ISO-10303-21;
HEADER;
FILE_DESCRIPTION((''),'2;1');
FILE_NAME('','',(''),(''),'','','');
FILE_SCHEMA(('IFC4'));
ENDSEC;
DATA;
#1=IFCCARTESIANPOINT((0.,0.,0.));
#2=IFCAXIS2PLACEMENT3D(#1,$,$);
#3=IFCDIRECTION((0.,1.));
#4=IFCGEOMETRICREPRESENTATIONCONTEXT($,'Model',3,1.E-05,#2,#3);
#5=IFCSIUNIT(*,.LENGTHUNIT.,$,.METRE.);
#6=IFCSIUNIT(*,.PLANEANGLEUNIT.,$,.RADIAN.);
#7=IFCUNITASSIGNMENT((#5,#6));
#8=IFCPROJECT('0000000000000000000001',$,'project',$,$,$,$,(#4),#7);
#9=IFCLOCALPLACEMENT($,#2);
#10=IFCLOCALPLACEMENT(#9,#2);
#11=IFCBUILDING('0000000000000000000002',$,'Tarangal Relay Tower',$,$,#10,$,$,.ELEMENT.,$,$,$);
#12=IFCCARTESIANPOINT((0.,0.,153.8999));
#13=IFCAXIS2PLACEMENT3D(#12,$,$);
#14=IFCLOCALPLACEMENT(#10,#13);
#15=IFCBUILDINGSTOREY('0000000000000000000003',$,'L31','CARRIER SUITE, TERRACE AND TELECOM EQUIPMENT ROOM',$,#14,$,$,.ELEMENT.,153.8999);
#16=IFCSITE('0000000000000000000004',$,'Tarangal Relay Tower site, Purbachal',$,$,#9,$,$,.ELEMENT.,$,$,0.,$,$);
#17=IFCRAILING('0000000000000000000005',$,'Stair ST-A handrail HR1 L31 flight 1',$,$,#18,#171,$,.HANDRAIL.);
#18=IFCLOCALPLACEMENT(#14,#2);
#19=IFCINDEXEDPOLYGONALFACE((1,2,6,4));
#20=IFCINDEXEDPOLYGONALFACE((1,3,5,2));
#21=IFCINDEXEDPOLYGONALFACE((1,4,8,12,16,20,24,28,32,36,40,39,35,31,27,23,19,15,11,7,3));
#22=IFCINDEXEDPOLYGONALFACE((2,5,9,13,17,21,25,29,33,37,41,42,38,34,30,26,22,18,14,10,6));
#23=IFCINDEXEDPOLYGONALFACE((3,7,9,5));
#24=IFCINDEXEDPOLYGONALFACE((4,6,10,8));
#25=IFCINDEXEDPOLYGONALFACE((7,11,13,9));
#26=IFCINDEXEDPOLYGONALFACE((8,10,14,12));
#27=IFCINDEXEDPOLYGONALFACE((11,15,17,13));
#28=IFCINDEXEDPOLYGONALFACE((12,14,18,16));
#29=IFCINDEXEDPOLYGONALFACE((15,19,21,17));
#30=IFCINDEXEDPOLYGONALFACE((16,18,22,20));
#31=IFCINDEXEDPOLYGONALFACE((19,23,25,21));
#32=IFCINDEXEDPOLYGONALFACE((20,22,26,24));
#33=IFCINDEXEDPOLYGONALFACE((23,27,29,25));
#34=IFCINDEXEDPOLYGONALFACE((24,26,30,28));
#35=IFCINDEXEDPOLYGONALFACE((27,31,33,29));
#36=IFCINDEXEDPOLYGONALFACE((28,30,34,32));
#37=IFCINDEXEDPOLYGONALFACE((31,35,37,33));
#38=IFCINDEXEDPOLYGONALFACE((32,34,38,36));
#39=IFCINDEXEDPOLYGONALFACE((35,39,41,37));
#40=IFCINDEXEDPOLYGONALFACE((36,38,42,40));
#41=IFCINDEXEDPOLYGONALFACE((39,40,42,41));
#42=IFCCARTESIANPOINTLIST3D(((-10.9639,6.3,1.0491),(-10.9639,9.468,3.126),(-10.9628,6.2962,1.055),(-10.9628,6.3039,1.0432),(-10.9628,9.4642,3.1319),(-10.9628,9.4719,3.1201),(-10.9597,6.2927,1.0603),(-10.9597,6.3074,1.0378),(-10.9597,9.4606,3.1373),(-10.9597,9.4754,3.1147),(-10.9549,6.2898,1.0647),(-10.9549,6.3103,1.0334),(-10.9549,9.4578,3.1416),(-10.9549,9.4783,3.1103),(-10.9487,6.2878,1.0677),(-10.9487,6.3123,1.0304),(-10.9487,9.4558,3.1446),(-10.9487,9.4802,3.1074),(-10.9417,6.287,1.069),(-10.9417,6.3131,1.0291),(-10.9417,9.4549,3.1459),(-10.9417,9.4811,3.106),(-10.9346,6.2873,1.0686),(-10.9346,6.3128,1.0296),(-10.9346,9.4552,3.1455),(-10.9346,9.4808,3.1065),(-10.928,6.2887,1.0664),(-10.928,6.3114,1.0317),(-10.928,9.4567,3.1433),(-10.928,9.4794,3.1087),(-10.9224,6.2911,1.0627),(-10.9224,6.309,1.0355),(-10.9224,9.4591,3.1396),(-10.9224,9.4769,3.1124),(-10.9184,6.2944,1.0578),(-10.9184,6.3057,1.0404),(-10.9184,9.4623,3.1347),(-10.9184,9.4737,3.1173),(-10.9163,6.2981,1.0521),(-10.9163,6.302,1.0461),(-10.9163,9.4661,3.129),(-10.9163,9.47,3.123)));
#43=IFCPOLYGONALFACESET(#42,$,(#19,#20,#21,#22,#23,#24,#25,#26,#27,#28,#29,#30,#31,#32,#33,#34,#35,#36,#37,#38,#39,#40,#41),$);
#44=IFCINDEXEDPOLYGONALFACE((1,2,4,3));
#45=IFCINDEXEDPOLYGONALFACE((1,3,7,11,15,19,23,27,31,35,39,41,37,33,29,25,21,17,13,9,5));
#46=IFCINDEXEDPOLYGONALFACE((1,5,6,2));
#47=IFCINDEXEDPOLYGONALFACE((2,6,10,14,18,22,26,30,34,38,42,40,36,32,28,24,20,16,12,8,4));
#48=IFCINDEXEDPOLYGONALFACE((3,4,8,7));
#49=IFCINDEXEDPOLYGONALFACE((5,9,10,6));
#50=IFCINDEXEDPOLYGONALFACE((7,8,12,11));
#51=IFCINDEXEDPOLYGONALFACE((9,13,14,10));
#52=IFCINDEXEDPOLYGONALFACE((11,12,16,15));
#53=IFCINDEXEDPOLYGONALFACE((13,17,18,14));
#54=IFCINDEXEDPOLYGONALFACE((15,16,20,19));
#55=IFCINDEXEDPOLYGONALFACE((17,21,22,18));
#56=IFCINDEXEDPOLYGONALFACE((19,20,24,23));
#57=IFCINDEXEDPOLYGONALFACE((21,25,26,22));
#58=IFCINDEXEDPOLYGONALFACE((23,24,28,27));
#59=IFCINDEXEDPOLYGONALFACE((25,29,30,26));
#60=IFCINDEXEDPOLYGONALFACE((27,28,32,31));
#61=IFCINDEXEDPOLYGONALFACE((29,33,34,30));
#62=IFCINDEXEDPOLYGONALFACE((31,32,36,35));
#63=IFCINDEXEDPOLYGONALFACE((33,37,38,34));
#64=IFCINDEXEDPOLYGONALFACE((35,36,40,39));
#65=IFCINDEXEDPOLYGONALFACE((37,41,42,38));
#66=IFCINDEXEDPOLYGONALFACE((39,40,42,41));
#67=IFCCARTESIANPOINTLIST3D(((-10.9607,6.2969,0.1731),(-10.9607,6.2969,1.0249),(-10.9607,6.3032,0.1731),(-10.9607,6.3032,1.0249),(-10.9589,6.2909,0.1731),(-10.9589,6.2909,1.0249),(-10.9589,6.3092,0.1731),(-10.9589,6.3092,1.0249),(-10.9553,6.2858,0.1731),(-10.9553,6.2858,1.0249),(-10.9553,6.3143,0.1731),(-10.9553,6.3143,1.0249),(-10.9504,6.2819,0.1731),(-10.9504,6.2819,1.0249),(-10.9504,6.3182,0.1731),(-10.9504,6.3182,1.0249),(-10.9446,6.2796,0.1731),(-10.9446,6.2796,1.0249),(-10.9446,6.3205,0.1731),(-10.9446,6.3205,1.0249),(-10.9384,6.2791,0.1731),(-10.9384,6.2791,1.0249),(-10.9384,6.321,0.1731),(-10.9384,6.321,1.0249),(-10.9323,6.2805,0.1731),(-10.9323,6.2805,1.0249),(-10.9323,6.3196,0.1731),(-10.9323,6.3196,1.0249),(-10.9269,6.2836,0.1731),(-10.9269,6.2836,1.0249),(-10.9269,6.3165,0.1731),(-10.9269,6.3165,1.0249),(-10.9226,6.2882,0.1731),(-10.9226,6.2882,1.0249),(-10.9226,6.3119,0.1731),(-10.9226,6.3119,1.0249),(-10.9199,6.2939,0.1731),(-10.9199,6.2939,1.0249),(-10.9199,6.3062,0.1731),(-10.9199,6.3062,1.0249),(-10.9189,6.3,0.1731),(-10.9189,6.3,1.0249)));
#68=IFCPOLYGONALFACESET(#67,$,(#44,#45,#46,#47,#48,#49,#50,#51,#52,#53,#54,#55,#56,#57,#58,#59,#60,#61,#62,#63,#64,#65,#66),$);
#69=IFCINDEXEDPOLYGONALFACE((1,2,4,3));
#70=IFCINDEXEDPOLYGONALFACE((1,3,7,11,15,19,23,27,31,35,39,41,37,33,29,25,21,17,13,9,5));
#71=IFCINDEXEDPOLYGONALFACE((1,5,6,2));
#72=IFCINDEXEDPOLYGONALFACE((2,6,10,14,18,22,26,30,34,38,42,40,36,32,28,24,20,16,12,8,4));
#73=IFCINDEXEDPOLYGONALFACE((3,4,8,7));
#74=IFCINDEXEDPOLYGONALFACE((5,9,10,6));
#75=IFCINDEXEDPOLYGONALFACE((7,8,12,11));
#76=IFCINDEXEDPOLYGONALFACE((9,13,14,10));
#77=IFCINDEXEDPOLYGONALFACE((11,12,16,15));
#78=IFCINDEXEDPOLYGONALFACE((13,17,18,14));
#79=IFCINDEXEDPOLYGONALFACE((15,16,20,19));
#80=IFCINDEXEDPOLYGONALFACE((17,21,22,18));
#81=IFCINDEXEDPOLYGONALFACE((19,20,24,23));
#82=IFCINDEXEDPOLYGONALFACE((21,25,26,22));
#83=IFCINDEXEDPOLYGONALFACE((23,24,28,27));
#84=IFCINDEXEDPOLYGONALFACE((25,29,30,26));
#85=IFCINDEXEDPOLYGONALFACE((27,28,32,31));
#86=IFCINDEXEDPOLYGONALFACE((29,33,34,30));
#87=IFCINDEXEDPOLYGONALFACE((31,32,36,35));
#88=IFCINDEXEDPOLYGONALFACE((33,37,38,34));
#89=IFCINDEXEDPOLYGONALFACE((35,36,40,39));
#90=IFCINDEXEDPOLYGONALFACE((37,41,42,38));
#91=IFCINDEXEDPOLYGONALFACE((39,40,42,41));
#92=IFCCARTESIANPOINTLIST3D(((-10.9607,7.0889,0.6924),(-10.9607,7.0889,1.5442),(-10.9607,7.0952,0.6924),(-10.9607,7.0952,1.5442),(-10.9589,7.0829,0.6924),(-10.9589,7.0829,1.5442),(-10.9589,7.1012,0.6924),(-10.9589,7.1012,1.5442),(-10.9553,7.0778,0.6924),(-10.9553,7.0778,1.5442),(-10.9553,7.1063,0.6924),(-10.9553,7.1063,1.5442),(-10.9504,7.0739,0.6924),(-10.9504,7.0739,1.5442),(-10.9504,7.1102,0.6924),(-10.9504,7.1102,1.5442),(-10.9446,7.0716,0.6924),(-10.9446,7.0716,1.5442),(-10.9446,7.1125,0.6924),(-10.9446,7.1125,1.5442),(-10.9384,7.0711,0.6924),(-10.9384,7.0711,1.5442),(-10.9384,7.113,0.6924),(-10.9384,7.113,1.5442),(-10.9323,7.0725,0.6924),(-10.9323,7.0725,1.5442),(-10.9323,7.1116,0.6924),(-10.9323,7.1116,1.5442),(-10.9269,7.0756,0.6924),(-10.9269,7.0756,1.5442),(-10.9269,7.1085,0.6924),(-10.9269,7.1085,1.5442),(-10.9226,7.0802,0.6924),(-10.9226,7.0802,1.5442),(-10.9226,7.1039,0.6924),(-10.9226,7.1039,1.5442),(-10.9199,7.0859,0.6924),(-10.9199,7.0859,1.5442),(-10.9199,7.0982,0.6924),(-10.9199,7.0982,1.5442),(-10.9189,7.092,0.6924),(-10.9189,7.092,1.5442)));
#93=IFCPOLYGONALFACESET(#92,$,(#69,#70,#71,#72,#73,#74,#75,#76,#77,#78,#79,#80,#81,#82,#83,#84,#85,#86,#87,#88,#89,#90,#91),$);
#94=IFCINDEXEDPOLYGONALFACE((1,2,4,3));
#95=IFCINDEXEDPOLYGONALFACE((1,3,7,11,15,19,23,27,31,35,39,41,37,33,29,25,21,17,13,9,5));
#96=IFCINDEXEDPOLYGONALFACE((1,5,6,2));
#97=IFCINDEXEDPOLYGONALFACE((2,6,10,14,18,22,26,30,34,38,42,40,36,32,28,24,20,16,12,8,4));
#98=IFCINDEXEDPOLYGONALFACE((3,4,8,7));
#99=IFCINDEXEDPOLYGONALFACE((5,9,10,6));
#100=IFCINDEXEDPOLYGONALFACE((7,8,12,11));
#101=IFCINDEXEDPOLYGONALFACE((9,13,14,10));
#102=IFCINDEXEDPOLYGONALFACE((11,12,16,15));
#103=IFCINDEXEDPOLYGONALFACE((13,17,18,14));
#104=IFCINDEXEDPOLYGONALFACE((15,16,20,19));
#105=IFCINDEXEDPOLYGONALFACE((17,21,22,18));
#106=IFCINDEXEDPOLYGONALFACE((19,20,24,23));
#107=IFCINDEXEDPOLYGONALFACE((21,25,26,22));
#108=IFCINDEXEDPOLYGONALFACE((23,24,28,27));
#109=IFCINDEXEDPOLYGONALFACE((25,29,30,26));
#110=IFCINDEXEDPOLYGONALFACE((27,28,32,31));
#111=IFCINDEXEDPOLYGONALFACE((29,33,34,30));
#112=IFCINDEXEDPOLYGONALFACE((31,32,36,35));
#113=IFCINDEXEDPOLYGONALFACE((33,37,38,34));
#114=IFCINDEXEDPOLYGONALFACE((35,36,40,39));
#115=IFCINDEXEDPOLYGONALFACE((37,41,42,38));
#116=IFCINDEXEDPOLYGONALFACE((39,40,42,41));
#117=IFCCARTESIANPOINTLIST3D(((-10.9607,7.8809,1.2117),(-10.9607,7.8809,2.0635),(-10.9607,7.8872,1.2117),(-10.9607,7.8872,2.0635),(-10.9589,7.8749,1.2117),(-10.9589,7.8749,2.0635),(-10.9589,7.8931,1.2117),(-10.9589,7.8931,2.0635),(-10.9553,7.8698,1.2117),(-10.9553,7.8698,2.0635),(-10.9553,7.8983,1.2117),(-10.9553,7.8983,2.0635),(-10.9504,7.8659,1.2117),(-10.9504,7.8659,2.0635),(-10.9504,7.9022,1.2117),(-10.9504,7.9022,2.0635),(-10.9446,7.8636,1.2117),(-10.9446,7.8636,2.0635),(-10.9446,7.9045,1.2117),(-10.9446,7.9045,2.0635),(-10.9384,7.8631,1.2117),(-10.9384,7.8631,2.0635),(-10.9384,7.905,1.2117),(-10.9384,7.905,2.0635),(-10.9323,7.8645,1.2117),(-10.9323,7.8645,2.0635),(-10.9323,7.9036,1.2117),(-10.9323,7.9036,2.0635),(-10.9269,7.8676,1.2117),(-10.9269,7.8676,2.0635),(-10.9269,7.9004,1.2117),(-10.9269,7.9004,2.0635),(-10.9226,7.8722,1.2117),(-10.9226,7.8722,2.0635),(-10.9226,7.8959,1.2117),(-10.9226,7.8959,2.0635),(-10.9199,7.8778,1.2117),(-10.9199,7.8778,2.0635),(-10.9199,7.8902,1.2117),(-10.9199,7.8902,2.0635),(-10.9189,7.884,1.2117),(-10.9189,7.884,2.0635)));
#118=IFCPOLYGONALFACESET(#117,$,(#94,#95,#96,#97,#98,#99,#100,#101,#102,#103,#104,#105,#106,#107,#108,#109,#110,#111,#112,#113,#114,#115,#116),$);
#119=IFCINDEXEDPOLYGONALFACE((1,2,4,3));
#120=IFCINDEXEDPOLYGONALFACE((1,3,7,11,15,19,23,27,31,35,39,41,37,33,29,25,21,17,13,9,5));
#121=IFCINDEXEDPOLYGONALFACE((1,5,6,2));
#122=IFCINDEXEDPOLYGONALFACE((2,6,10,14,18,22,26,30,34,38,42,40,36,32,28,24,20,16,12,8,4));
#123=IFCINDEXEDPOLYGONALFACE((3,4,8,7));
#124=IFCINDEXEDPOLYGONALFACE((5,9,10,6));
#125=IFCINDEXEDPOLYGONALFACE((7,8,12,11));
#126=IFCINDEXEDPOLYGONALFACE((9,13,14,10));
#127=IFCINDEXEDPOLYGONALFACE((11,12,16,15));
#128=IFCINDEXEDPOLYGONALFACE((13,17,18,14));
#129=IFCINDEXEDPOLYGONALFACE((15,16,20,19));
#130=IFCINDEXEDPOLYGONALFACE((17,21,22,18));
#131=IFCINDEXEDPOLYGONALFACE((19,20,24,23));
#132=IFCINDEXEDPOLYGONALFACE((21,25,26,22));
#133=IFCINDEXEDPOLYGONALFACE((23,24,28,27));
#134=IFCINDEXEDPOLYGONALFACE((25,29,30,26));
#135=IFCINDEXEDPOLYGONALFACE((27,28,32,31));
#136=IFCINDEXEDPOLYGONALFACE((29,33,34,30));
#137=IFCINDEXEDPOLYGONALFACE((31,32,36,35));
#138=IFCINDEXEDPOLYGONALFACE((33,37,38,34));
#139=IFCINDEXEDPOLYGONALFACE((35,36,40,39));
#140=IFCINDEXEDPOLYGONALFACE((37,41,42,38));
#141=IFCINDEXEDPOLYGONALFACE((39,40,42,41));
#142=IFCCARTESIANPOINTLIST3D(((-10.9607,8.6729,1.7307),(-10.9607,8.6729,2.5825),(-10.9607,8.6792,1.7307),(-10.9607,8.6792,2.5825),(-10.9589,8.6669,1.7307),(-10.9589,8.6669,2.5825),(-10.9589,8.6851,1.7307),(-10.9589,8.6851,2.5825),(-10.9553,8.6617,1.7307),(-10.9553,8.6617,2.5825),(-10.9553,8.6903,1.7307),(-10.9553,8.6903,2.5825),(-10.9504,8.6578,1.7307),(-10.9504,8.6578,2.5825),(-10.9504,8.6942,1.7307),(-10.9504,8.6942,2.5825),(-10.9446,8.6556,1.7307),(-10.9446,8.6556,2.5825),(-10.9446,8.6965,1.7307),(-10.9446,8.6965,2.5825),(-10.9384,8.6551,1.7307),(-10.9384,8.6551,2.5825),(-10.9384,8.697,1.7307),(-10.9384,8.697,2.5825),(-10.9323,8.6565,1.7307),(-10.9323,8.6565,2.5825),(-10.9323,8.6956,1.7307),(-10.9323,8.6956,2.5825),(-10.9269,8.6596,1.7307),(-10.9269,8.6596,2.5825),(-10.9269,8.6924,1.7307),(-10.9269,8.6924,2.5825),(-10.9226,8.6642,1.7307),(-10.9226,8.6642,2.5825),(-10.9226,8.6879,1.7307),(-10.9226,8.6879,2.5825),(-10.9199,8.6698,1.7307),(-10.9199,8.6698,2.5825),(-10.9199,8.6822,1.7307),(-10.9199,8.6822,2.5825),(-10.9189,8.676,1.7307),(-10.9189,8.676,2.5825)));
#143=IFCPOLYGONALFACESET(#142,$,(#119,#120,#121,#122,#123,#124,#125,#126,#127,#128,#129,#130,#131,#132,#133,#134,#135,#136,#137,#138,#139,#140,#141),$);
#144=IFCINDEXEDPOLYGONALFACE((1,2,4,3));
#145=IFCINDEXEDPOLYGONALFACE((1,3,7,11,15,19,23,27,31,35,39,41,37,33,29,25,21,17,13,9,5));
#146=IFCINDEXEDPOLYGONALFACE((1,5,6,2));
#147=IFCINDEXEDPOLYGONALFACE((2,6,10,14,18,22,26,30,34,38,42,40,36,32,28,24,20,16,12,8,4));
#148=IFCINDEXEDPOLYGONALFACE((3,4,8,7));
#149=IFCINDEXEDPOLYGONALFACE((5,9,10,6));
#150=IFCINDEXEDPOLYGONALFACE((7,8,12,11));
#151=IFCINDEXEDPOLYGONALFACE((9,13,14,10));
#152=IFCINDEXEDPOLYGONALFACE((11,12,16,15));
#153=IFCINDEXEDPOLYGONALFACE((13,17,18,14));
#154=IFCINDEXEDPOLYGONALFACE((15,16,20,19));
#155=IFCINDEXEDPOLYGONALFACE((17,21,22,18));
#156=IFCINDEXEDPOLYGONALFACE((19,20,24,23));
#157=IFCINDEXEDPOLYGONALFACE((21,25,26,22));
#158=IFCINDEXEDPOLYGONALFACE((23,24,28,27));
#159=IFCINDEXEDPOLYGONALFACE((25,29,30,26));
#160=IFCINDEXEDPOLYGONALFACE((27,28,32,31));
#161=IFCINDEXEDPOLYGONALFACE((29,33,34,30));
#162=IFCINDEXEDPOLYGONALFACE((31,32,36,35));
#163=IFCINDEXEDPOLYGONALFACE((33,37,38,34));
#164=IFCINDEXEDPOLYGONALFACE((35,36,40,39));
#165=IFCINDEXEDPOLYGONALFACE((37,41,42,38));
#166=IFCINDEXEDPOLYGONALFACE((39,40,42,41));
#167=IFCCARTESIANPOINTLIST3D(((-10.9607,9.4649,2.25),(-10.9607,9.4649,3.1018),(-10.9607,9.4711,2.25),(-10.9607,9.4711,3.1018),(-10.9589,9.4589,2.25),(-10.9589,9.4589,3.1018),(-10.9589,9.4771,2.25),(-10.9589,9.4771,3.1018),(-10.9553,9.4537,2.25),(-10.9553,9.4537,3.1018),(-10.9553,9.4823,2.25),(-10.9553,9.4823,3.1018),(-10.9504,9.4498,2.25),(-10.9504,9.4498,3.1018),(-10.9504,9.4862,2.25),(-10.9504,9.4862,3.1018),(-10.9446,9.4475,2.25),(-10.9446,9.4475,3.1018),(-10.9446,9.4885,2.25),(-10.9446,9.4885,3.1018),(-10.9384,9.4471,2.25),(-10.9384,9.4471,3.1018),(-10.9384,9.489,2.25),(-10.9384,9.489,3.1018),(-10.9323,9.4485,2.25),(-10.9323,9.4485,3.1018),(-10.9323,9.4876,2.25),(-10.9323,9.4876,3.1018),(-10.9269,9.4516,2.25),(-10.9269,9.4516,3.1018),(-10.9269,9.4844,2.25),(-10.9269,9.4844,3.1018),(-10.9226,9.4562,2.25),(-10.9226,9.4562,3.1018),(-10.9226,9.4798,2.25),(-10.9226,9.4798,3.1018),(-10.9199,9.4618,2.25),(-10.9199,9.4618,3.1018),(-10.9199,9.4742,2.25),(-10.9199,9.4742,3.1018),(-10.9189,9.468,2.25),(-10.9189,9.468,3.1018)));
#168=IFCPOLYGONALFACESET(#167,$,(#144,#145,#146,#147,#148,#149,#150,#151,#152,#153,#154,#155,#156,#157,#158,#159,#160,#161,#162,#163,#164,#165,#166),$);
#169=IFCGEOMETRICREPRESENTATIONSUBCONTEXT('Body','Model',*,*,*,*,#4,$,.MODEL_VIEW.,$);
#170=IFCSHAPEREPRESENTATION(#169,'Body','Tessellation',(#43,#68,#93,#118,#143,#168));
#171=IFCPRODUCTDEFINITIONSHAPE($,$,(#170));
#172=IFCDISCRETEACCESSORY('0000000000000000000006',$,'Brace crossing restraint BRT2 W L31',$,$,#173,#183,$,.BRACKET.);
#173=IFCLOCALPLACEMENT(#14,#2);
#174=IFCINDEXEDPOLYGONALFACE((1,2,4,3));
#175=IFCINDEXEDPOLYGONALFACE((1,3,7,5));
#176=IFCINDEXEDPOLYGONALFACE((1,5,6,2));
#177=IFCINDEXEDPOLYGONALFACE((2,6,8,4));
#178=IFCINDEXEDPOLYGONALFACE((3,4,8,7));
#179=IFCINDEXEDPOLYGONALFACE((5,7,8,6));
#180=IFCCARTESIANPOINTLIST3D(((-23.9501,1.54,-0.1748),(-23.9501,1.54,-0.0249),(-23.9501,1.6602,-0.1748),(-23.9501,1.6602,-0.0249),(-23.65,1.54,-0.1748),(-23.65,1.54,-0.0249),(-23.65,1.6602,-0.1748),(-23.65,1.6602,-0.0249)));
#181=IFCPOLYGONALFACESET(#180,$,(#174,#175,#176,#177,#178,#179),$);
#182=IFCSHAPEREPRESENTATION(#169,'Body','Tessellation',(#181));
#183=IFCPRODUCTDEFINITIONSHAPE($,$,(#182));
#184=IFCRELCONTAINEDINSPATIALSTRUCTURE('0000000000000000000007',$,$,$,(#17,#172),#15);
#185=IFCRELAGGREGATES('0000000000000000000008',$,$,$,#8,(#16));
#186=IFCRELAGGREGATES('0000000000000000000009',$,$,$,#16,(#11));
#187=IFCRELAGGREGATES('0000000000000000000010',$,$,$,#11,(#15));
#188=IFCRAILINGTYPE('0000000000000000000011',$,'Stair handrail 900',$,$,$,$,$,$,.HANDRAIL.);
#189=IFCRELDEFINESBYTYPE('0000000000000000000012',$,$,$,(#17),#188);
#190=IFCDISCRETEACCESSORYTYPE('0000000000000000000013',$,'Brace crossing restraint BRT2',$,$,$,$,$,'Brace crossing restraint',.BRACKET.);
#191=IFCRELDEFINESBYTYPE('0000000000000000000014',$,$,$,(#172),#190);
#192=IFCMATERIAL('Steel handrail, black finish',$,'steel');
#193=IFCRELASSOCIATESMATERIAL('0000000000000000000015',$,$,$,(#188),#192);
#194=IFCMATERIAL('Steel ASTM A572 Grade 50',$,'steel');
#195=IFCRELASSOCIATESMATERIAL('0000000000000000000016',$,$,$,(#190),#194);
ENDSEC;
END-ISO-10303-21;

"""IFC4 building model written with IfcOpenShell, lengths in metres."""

from ifc_helpers import new_model, si_unit, direction, frame, origin, origin_2d, place, context, subcontext, project, spatial, rectangle, circle, extrude, material, type_object, element, save


model = new_model("IFC4")

# Units and contexts
model_context = context("Model", 3, precision=1e-05, world=origin(), true_north=direction((0.0, 1.0)))
body_context = subcontext(model_context, "Body", "Model", "MODEL_VIEW")
ifc_project = project(units=[si_unit("LENGTHUNIT", "METRE"), si_unit("PLANEANGLEUNIT", "RADIAN")], contexts=[model_context])

# Site, building, storey
site_placement = place(None, origin())
site = spatial("IfcSite", under=ifc_project, at=site_placement, Name="Tarangal Relay Tower site, Purbachal", CompositionType="ELEMENT", RefElevation=0.0)
building_placement = place(site_placement, origin())
building = spatial("IfcBuilding", under=site, at=building_placement, Name="Tarangal Relay Tower", CompositionType="ELEMENT")
storey_placement = place(building_placement, frame((0.0, 0.0, 153.8999)))
storey = spatial("IfcBuildingStorey", under=building, at=storey_placement, Name="L31", Description="CARRIER SUITE, TERRACE AND TELECOM EQUIPMENT ROOM", CompositionType="ELEMENT", Elevation=153.8999)

# Shared definitions
ifc_material_1 = material(Name="Steel ASTM A572 Grade 50", Category="steel")

# Railing
ifc_material_2 = material(Name="Steel handrail, black finish", Category="steel")
railing_type = type_object("IfcRailingType", Name="Stair handrail 900", PredefinedType="HANDRAIL", material=ifc_material_2)
railing_placement = place(storey_placement, frame((-10.9399, 6.3, 0.1731)))
element("IfcRailing", 1, at=railing_placement, inside=storey, type_object=railing_type, Name="Stair ST-A handrail HR1 L31 flight 1", PredefinedType="HANDRAIL", context=body_context, shape_type="SweptSolid", body=[
    extrude(circle(Radius=0.0239, at=origin_2d()), frame((0.0, 0.0, 0.876), z_axis=(0.0, 0.836299, 0.548273), x_axis=(-1.0, 0.0, 0.0)), (0.0, 0.0, 1.0), 3.7881),
    extrude(circle(Radius=0.021, at=origin_2d()), origin(), (0.0, 0.0, 1.0), 0.8518),
    extrude(circle(Radius=0.021, at=origin_2d()), frame((0.0, 0.792, 0.5193)), (0.0, 0.0, 1.0), 0.8518),
    extrude(circle(Radius=0.021, at=origin_2d()), frame((0.0, 1.584, 1.0386)), (0.0, 0.0, 1.0), 0.8518),
    extrude(circle(Radius=0.021, at=origin_2d()), frame((0.0, 2.376, 1.5576)), (0.0, 0.0, 1.0), 0.8518),
    extrude(circle(Radius=0.021, at=origin_2d()), frame((0.0, 3.168, 2.0769)), (0.0, 0.0, 1.0), 0.8518),
])

# Discrete accessory
discrete_accessory_type = type_object("IfcDiscreteAccessoryType", Name="Brace crossing restraint BRT2", ElementType="Brace crossing restraint", PredefinedType="BRACKET", material=ifc_material_1)
discrete_accessory_placement = place(storey_placement, frame((-23.8, 1.6001, -0.1748), z_axis=(0.0, 0.0, 1.0), x_axis=(1.0, 0.0, 0.0)))
element("IfcDiscreteAccessory", 2, at=discrete_accessory_placement, inside=storey, type_object=discrete_accessory_type, Name="Brace crossing restraint BRT2 W L31", PredefinedType="BRACKET", context=body_context, shape_type="SweptSolid", body=[
    extrude(rectangle(XDim=0.3, YDim=0.1201, at=origin_2d()), origin(), (0.0, 0.0, 1.0), 0.1499),
])

save(model, "model.ifc")
